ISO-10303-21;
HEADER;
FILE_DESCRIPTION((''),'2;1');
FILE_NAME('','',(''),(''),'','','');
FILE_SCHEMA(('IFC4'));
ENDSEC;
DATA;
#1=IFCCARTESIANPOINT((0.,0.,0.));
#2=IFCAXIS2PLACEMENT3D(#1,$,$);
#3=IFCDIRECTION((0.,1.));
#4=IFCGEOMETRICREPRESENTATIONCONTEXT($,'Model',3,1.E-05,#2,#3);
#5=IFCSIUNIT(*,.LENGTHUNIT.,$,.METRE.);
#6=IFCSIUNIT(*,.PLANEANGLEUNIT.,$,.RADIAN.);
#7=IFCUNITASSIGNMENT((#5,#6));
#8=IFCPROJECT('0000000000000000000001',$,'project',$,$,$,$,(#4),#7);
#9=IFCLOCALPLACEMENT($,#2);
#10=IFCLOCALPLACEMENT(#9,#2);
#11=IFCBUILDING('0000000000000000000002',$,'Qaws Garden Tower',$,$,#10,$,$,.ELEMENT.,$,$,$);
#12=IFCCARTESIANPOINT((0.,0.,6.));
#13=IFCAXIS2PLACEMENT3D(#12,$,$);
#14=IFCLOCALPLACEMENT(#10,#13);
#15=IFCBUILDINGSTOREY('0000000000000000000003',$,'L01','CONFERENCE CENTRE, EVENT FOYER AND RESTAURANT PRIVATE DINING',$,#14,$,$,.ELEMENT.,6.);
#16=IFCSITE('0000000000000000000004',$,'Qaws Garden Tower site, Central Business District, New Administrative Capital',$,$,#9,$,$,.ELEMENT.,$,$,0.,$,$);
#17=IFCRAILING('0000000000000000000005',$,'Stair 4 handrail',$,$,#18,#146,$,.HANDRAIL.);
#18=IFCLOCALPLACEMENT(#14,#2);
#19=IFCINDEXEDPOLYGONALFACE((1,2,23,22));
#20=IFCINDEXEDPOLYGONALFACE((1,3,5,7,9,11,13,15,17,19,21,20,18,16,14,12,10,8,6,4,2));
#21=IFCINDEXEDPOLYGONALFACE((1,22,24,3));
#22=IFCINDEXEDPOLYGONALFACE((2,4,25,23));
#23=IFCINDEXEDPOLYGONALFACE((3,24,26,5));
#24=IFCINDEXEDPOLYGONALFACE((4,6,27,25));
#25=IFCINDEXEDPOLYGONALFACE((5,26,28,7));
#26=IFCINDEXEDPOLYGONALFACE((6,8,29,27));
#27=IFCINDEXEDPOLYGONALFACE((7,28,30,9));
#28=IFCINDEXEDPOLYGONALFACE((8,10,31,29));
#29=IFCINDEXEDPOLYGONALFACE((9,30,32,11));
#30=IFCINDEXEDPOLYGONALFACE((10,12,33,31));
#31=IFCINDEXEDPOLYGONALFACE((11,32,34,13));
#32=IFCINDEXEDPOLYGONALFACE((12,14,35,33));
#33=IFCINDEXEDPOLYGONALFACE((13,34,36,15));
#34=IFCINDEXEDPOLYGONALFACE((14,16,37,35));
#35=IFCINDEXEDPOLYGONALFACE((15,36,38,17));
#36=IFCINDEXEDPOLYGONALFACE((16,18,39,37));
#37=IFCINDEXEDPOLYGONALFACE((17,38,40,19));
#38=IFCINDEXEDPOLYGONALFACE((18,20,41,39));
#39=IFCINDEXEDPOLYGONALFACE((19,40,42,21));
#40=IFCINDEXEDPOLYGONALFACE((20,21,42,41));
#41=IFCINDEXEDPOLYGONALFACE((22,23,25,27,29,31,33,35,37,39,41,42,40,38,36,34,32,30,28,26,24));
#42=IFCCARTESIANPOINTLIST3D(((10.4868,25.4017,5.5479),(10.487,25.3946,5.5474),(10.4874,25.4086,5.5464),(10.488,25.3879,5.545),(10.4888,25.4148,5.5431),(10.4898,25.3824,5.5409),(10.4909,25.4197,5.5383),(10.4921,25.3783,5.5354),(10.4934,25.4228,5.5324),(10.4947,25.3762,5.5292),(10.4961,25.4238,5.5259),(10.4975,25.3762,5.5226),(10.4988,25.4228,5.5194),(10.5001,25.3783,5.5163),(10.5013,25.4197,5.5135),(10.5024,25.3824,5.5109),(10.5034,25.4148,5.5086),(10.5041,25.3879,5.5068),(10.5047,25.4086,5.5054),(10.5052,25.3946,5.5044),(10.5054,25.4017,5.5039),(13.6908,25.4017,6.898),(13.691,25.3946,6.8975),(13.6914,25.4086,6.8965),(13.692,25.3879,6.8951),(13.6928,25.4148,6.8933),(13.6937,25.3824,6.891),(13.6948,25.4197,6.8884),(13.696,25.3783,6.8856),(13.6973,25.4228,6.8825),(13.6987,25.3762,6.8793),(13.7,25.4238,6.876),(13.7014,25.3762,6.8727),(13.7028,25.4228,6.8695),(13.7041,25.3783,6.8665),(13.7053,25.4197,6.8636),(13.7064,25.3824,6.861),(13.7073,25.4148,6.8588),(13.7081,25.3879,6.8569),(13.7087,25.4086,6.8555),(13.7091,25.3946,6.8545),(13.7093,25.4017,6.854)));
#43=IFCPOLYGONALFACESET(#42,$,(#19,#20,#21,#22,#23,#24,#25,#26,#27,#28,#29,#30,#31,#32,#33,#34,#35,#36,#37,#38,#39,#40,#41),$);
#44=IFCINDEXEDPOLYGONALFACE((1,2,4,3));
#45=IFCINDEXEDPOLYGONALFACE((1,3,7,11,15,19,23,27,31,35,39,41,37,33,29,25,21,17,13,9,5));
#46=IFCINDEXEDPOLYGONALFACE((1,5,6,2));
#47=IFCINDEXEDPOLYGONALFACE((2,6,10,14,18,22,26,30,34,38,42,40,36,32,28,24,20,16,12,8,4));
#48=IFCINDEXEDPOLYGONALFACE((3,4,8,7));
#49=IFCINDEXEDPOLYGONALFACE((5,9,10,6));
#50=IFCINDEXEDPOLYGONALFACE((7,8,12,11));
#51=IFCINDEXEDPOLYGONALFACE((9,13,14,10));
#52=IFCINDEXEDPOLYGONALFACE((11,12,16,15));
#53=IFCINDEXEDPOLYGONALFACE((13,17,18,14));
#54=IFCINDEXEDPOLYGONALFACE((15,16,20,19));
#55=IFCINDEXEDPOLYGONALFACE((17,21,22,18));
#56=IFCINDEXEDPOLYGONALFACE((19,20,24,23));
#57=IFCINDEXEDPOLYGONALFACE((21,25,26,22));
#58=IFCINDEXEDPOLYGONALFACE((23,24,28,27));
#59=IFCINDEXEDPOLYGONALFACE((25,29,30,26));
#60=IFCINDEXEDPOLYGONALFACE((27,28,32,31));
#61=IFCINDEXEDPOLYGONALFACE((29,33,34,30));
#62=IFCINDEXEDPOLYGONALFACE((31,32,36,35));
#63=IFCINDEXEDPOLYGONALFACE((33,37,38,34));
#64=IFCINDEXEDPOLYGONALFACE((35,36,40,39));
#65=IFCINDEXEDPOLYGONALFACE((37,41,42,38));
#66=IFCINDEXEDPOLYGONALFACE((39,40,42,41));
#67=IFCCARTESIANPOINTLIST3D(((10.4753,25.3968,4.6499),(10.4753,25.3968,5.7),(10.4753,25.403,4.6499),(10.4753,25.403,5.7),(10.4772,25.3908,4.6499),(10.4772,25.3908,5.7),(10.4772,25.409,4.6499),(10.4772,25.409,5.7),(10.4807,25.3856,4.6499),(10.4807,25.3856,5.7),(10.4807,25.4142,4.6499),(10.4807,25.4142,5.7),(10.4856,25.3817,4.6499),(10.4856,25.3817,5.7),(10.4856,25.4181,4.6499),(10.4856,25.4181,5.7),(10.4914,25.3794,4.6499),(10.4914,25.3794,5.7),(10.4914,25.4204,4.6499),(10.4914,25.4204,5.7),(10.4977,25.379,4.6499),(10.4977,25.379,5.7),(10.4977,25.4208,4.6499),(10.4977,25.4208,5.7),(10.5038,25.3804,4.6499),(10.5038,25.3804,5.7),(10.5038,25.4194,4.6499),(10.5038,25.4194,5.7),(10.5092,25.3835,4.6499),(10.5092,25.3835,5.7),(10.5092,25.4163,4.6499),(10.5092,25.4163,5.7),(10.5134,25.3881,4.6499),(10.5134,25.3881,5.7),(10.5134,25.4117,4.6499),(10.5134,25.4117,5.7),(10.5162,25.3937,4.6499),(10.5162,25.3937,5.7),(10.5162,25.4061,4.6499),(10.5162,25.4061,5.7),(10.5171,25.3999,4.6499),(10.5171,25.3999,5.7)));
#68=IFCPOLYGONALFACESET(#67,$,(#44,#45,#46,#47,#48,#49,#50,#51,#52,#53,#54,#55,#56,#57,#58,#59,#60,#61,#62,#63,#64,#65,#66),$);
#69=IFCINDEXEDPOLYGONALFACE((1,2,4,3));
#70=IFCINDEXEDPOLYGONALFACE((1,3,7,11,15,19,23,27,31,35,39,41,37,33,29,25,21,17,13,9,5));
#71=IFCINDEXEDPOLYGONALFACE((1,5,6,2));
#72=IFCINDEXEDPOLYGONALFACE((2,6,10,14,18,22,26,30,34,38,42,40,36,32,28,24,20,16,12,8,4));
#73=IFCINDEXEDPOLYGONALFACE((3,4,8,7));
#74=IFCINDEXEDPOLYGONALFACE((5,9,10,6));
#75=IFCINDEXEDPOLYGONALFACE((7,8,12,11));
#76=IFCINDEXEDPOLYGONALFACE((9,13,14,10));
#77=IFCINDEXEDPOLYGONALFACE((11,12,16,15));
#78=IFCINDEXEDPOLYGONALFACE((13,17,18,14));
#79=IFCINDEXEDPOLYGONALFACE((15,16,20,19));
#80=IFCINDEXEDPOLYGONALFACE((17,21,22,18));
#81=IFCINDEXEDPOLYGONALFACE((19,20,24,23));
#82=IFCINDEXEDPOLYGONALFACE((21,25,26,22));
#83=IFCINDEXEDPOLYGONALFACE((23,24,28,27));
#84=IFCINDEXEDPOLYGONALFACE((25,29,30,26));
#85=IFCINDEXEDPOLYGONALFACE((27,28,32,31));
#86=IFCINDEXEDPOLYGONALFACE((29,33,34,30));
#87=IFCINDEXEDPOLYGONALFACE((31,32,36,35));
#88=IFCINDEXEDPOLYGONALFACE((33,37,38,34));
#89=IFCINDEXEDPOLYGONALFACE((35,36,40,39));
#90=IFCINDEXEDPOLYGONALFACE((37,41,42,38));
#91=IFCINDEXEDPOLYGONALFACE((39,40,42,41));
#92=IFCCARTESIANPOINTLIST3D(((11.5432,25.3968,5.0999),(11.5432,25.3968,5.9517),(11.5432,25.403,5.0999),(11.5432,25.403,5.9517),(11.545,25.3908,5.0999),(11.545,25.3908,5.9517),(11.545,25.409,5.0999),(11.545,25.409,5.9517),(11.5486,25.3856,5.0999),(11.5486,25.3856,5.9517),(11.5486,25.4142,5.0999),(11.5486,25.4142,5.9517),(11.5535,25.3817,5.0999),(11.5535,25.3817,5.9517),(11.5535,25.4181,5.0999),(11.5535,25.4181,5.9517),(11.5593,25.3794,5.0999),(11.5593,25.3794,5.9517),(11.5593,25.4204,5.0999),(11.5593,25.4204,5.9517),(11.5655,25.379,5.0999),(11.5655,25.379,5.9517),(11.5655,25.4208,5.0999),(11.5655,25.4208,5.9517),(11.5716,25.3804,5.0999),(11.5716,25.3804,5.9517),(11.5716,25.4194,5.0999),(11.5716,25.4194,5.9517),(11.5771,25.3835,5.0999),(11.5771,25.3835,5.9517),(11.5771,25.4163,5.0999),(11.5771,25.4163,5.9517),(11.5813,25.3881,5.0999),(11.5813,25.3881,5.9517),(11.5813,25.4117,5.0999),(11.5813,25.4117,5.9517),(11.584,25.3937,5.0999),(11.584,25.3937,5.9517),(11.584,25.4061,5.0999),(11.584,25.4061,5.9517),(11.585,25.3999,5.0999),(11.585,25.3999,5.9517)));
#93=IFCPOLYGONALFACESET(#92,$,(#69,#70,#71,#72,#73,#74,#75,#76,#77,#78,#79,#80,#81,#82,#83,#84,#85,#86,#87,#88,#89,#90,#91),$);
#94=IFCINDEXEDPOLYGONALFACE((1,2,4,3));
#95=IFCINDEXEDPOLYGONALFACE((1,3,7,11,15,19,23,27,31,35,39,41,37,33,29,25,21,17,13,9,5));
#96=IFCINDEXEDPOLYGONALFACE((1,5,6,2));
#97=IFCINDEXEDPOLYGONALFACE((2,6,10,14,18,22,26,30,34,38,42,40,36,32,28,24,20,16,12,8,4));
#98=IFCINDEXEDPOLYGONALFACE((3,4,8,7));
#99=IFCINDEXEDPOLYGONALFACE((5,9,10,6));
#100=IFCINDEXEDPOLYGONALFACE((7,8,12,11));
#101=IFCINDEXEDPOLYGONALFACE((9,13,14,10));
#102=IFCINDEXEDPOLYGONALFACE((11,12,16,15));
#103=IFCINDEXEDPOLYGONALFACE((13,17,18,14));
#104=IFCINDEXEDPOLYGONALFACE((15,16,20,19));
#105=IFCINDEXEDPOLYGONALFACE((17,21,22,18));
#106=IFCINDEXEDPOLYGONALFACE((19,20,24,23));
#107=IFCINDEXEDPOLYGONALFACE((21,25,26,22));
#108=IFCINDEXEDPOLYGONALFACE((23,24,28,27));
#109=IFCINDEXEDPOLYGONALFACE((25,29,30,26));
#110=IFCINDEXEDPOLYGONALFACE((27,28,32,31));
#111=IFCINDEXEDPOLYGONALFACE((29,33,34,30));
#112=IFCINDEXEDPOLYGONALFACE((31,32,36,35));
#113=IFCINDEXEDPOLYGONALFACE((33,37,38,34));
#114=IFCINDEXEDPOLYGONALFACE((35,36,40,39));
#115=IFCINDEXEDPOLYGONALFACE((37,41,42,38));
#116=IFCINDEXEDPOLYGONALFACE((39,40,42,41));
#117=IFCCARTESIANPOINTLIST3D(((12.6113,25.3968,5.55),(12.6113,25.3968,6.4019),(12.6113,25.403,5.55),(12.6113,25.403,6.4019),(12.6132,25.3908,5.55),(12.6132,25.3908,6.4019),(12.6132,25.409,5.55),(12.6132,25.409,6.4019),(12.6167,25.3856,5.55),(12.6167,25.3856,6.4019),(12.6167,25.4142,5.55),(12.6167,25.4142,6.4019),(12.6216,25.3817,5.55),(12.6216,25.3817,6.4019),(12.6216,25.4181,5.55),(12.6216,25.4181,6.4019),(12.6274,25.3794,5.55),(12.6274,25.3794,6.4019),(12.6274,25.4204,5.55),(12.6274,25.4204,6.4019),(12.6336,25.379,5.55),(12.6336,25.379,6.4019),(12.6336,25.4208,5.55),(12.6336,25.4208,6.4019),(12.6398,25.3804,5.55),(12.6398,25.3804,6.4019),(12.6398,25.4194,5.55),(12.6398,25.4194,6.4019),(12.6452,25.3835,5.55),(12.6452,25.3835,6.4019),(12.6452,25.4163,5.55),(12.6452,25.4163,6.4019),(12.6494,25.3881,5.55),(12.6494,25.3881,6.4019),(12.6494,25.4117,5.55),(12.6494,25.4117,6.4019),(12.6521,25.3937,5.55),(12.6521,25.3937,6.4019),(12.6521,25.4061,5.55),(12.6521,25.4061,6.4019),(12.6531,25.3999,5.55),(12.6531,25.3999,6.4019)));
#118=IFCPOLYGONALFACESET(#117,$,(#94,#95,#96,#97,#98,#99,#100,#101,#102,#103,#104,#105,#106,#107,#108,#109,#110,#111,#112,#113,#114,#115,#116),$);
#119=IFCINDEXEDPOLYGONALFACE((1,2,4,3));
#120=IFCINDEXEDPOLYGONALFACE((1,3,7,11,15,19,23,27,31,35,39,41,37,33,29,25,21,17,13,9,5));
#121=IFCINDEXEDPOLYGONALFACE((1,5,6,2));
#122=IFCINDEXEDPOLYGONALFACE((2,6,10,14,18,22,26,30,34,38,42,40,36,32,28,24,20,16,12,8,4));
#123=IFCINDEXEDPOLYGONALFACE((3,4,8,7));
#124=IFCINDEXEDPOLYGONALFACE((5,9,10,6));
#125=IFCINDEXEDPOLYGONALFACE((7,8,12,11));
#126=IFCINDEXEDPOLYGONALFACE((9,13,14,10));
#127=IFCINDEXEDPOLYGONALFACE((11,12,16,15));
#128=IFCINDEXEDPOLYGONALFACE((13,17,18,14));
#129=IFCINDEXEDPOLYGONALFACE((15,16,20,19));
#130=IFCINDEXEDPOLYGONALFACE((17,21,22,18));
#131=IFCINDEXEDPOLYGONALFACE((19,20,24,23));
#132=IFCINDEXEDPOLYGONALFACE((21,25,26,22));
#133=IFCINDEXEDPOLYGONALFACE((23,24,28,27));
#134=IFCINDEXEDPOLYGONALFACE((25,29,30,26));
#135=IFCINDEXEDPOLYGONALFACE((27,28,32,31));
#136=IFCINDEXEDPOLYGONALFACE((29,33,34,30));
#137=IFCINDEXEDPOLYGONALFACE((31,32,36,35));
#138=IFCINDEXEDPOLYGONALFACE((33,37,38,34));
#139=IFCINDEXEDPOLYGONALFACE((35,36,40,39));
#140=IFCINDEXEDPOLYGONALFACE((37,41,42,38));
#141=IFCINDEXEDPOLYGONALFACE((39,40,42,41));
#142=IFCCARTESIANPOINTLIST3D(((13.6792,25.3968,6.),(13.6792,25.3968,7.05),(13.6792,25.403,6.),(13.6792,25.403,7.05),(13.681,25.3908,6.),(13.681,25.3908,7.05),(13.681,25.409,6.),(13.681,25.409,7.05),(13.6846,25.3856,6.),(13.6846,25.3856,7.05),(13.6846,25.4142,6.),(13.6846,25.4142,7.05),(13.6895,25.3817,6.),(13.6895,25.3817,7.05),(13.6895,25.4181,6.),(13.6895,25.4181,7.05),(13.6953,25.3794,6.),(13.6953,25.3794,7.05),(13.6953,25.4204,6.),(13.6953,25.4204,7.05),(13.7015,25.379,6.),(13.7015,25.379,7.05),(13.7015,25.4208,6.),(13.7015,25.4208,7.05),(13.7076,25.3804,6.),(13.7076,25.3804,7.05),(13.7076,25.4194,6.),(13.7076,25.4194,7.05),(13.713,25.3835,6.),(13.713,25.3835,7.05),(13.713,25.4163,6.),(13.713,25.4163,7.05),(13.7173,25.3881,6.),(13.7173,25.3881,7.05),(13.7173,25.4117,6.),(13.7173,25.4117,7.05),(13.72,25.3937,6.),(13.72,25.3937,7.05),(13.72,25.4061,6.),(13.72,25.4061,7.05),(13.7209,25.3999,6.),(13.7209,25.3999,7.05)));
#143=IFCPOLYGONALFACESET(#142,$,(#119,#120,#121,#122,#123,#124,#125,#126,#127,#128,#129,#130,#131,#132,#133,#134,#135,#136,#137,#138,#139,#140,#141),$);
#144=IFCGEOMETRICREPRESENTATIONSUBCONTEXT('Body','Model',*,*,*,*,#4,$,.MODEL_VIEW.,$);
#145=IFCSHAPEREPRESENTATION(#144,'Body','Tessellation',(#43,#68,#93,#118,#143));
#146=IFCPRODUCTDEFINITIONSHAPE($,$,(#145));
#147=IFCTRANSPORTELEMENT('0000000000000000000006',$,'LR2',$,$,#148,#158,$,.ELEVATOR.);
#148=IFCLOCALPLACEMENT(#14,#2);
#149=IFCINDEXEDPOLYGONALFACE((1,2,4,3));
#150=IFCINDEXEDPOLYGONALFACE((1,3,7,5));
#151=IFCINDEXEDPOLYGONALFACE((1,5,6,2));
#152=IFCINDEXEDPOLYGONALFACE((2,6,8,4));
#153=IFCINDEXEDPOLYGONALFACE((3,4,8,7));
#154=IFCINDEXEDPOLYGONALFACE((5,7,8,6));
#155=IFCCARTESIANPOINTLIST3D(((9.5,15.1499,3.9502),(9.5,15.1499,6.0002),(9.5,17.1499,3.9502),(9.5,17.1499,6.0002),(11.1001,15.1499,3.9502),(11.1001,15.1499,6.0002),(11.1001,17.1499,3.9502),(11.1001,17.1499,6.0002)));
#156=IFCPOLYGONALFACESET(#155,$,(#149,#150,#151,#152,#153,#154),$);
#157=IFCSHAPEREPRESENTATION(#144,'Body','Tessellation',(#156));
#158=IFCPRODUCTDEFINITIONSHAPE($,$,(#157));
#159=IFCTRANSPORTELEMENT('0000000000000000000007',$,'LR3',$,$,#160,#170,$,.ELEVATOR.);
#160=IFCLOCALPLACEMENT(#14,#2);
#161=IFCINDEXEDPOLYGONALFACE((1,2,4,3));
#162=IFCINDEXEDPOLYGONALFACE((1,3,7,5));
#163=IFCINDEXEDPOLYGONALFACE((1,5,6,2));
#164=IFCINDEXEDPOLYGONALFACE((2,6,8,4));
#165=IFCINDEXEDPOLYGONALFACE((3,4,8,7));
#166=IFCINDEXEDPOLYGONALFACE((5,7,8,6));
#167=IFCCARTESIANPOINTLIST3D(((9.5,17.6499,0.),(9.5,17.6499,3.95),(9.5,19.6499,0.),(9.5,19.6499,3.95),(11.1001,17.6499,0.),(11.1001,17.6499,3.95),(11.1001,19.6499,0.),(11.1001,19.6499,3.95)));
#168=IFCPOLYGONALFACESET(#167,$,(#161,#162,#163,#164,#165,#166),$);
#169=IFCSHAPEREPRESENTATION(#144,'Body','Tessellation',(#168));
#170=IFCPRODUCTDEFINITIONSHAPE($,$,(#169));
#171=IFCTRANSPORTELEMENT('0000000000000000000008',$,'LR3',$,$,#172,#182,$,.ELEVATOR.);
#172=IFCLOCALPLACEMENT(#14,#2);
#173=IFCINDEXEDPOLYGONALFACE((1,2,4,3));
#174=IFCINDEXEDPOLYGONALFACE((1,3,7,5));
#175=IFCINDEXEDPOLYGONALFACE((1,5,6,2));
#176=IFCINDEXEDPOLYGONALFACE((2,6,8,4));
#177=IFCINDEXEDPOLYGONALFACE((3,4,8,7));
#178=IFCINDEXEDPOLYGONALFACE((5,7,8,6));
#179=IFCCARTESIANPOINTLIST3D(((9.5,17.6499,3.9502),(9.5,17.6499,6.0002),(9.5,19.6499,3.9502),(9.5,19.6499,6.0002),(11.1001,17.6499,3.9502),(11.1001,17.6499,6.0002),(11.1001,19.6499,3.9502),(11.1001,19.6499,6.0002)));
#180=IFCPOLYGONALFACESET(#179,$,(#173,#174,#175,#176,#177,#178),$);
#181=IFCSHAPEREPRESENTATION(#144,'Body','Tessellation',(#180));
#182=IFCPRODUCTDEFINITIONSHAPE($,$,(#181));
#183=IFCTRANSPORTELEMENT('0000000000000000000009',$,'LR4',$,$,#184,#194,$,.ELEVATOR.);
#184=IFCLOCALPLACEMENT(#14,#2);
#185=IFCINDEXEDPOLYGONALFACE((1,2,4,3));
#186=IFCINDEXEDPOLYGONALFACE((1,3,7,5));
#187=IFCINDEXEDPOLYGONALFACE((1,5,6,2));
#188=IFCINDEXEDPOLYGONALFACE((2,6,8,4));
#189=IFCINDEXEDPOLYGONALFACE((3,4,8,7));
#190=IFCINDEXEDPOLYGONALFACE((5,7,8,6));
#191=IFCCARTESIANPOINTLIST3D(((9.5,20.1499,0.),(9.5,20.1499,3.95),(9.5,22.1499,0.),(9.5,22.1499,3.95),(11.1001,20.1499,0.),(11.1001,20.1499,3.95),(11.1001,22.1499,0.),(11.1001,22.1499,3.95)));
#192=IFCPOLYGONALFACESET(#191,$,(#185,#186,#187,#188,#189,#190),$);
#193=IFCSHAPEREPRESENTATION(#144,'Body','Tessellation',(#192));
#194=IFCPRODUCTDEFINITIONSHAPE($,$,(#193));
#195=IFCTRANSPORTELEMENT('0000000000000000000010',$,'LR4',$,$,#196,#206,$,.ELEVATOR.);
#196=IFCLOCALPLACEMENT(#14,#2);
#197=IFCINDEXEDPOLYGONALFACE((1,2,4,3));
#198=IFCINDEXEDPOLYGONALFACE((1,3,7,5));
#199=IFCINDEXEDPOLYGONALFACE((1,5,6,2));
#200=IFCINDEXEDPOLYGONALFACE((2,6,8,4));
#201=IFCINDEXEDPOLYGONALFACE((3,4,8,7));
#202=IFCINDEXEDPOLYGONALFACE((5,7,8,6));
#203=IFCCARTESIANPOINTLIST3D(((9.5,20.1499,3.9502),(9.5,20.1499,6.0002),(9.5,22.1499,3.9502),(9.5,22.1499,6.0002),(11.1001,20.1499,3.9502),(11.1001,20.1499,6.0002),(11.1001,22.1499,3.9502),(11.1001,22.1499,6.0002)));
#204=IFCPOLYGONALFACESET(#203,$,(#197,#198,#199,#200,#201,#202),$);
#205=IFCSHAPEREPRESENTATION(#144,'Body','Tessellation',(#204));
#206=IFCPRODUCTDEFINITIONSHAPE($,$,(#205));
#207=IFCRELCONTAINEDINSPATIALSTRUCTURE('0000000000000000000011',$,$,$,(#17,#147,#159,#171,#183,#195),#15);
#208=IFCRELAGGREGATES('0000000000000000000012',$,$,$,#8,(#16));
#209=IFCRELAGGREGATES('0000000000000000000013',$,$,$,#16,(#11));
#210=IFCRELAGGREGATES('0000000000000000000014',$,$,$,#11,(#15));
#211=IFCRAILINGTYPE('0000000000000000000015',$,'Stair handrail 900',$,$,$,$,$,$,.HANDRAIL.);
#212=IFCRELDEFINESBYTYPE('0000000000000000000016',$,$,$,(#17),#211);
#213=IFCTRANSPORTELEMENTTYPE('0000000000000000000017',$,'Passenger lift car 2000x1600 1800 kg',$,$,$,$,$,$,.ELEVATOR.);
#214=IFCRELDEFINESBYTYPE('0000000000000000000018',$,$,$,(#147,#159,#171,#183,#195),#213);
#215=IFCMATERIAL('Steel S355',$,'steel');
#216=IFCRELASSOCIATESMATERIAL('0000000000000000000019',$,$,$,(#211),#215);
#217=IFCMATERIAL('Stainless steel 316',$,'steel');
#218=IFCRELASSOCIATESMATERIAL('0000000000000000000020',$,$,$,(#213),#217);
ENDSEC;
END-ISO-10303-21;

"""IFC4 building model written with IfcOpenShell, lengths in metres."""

from ifc_helpers import new_model, si_unit, direction, frame, origin, origin_2d, place, context, subcontext, project, spatial, rectangle, circle, extrude, material, type_object, element, save


model = new_model("IFC4")

# Units and contexts
model_context = context("Model", 3, precision=1e-05, world=origin(), true_north=direction((0.0, 1.0)))
body_context = subcontext(model_context, "Body", "Model", "MODEL_VIEW")
ifc_project = project(units=[si_unit("LENGTHUNIT", "METRE"), si_unit("PLANEANGLEUNIT", "RADIAN")], contexts=[model_context])

# Site, building, storey
site_placement = place(None, origin())
site = spatial("IfcSite", under=ifc_project, at=site_placement, Name="Qaws Garden Tower site, Central Business District, New Administrative Capital", CompositionType="ELEMENT", RefElevation=0.0)
building_placement = place(site_placement, origin())
building = spatial("IfcBuilding", under=site, at=building_placement, Name="Qaws Garden Tower", CompositionType="ELEMENT")
storey_placement = place(building_placement, frame((0.0, 0.0, 6.0)))
storey = spatial("IfcBuildingStorey", under=building, at=storey_placement, Name="L01", Description="CONFERENCE CENTRE, EVENT FOYER AND RESTAURANT PRIVATE DINING", CompositionType="ELEMENT", Elevation=6.0)

# Railing
ifc_material_1 = material(Name="Steel S355", Category="steel")
railing_type = type_object("IfcRailingType", Name="Stair handrail 900", PredefinedType="HANDRAIL", material=ifc_material_1)
railing_1_placement = place(storey_placement, frame((10.4961, 25.3999, 4.6499)))
element("IfcRailing", 1, at=railing_1_placement, inside=storey, type_object=railing_type, Name="Stair 4 handrail", PredefinedType="HANDRAIL", context=body_context, shape_type="SweptSolid", body=[
    extrude(circle(Radius=0.0239, at=origin_2d()), frame((0.0, 0.0, 0.876), z_axis=(0.921522, 0.0, 0.388327), x_axis=(0.0, 1.0, 0.0)), (0.0, 0.0, 1.0), 3.4768),
    extrude(circle(Radius=0.021, at=origin_2d()), origin(), (0.0, 0.0, 1.0), 1.05),
    extrude(circle(Radius=0.021, at=origin_2d()), frame((1.0679, 0.0, 0.45)), (0.0, 0.0, 1.0), 0.8518),
    extrude(circle(Radius=0.021, at=origin_2d()), frame((2.136, 0.0, 0.9001)), (0.0, 0.0, 1.0), 0.8518),
    extrude(circle(Radius=0.021, at=origin_2d()), frame((3.2039, 0.0, 1.3501)), (0.0, 0.0, 1.0), 1.05),
])

# Transport elements
ifc_material_2 = material(Name="Stainless steel 316", Category="steel")
transport_element_type = type_object("IfcTransportElementType", Name="Passenger lift car 2000x1600 1800 kg", PredefinedType="ELEVATOR", material=ifc_material_2)
transport_element_1_placement = place(storey_placement, frame((10.3, 16.1499, 3.9502), z_axis=(0.0, 0.0, 1.0), x_axis=(1.0, 0.0, 0.0)))
element("IfcTransportElement", 2, at=transport_element_1_placement, inside=storey, type_object=transport_element_type, Name="LR2", PredefinedType="ELEVATOR", context=body_context, shape_type="SweptSolid", body=[
    extrude(rectangle(XDim=1.6001, YDim=2.0, at=origin_2d()), origin(), (0.0, 0.0, 1.0), 2.05),
])
transport_element_2_placement = place(storey_placement, frame((10.3, 18.6499, 0.0), z_axis=(0.0, 0.0, 1.0), x_axis=(1.0, 0.0, 0.0)))
element("IfcTransportElement", 3, at=transport_element_2_placement, inside=storey, type_object=transport_element_type, Name="LR3", PredefinedType="ELEVATOR", context=body_context, shape_type="SweptSolid", body=[
    extrude(rectangle(XDim=1.6001, YDim=2.0, at=origin_2d()), origin(), (0.0, 0.0, 1.0), 3.95),
])
transport_element_3_placement = place(storey_placement, frame((10.3, 18.6499, 3.9502), z_axis=(0.0, 0.0, 1.0), x_axis=(1.0, 0.0, 0.0)))
element("IfcTransportElement", 4, at=transport_element_3_placement, inside=storey, type_object=transport_element_type, Name="LR3", PredefinedType="ELEVATOR", context=body_context, shape_type="SweptSolid", body=[
    extrude(rectangle(XDim=1.6001, YDim=2.0, at=origin_2d()), origin(), (0.0, 0.0, 1.0), 2.05),
])
transport_element_4_placement = place(storey_placement, frame((10.3, 21.1499, 0.0), z_axis=(0.0, 0.0, 1.0), x_axis=(1.0, 0.0, 0.0)))
element("IfcTransportElement", 5, at=transport_element_4_placement, inside=storey, type_object=transport_element_type, Name="LR4", PredefinedType="ELEVATOR", context=body_context, shape_type="SweptSolid", body=[
    extrude(rectangle(XDim=1.6001, YDim=2.0, at=origin_2d()), origin(), (0.0, 0.0, 1.0), 3.95),
])
transport_element_5_placement = place(storey_placement, frame((10.3, 21.1499, 3.9502), z_axis=(0.0, 0.0, 1.0), x_axis=(1.0, 0.0, 0.0)))
element("IfcTransportElement", 6, at=transport_element_5_placement, inside=storey, type_object=transport_element_type, Name="LR4", PredefinedType="ELEVATOR", context=body_context, shape_type="SweptSolid", body=[
    extrude(rectangle(XDim=1.6001, YDim=2.0, at=origin_2d()), origin(), (0.0, 0.0, 1.0), 2.05),
])

save(model, "model.ifc")
